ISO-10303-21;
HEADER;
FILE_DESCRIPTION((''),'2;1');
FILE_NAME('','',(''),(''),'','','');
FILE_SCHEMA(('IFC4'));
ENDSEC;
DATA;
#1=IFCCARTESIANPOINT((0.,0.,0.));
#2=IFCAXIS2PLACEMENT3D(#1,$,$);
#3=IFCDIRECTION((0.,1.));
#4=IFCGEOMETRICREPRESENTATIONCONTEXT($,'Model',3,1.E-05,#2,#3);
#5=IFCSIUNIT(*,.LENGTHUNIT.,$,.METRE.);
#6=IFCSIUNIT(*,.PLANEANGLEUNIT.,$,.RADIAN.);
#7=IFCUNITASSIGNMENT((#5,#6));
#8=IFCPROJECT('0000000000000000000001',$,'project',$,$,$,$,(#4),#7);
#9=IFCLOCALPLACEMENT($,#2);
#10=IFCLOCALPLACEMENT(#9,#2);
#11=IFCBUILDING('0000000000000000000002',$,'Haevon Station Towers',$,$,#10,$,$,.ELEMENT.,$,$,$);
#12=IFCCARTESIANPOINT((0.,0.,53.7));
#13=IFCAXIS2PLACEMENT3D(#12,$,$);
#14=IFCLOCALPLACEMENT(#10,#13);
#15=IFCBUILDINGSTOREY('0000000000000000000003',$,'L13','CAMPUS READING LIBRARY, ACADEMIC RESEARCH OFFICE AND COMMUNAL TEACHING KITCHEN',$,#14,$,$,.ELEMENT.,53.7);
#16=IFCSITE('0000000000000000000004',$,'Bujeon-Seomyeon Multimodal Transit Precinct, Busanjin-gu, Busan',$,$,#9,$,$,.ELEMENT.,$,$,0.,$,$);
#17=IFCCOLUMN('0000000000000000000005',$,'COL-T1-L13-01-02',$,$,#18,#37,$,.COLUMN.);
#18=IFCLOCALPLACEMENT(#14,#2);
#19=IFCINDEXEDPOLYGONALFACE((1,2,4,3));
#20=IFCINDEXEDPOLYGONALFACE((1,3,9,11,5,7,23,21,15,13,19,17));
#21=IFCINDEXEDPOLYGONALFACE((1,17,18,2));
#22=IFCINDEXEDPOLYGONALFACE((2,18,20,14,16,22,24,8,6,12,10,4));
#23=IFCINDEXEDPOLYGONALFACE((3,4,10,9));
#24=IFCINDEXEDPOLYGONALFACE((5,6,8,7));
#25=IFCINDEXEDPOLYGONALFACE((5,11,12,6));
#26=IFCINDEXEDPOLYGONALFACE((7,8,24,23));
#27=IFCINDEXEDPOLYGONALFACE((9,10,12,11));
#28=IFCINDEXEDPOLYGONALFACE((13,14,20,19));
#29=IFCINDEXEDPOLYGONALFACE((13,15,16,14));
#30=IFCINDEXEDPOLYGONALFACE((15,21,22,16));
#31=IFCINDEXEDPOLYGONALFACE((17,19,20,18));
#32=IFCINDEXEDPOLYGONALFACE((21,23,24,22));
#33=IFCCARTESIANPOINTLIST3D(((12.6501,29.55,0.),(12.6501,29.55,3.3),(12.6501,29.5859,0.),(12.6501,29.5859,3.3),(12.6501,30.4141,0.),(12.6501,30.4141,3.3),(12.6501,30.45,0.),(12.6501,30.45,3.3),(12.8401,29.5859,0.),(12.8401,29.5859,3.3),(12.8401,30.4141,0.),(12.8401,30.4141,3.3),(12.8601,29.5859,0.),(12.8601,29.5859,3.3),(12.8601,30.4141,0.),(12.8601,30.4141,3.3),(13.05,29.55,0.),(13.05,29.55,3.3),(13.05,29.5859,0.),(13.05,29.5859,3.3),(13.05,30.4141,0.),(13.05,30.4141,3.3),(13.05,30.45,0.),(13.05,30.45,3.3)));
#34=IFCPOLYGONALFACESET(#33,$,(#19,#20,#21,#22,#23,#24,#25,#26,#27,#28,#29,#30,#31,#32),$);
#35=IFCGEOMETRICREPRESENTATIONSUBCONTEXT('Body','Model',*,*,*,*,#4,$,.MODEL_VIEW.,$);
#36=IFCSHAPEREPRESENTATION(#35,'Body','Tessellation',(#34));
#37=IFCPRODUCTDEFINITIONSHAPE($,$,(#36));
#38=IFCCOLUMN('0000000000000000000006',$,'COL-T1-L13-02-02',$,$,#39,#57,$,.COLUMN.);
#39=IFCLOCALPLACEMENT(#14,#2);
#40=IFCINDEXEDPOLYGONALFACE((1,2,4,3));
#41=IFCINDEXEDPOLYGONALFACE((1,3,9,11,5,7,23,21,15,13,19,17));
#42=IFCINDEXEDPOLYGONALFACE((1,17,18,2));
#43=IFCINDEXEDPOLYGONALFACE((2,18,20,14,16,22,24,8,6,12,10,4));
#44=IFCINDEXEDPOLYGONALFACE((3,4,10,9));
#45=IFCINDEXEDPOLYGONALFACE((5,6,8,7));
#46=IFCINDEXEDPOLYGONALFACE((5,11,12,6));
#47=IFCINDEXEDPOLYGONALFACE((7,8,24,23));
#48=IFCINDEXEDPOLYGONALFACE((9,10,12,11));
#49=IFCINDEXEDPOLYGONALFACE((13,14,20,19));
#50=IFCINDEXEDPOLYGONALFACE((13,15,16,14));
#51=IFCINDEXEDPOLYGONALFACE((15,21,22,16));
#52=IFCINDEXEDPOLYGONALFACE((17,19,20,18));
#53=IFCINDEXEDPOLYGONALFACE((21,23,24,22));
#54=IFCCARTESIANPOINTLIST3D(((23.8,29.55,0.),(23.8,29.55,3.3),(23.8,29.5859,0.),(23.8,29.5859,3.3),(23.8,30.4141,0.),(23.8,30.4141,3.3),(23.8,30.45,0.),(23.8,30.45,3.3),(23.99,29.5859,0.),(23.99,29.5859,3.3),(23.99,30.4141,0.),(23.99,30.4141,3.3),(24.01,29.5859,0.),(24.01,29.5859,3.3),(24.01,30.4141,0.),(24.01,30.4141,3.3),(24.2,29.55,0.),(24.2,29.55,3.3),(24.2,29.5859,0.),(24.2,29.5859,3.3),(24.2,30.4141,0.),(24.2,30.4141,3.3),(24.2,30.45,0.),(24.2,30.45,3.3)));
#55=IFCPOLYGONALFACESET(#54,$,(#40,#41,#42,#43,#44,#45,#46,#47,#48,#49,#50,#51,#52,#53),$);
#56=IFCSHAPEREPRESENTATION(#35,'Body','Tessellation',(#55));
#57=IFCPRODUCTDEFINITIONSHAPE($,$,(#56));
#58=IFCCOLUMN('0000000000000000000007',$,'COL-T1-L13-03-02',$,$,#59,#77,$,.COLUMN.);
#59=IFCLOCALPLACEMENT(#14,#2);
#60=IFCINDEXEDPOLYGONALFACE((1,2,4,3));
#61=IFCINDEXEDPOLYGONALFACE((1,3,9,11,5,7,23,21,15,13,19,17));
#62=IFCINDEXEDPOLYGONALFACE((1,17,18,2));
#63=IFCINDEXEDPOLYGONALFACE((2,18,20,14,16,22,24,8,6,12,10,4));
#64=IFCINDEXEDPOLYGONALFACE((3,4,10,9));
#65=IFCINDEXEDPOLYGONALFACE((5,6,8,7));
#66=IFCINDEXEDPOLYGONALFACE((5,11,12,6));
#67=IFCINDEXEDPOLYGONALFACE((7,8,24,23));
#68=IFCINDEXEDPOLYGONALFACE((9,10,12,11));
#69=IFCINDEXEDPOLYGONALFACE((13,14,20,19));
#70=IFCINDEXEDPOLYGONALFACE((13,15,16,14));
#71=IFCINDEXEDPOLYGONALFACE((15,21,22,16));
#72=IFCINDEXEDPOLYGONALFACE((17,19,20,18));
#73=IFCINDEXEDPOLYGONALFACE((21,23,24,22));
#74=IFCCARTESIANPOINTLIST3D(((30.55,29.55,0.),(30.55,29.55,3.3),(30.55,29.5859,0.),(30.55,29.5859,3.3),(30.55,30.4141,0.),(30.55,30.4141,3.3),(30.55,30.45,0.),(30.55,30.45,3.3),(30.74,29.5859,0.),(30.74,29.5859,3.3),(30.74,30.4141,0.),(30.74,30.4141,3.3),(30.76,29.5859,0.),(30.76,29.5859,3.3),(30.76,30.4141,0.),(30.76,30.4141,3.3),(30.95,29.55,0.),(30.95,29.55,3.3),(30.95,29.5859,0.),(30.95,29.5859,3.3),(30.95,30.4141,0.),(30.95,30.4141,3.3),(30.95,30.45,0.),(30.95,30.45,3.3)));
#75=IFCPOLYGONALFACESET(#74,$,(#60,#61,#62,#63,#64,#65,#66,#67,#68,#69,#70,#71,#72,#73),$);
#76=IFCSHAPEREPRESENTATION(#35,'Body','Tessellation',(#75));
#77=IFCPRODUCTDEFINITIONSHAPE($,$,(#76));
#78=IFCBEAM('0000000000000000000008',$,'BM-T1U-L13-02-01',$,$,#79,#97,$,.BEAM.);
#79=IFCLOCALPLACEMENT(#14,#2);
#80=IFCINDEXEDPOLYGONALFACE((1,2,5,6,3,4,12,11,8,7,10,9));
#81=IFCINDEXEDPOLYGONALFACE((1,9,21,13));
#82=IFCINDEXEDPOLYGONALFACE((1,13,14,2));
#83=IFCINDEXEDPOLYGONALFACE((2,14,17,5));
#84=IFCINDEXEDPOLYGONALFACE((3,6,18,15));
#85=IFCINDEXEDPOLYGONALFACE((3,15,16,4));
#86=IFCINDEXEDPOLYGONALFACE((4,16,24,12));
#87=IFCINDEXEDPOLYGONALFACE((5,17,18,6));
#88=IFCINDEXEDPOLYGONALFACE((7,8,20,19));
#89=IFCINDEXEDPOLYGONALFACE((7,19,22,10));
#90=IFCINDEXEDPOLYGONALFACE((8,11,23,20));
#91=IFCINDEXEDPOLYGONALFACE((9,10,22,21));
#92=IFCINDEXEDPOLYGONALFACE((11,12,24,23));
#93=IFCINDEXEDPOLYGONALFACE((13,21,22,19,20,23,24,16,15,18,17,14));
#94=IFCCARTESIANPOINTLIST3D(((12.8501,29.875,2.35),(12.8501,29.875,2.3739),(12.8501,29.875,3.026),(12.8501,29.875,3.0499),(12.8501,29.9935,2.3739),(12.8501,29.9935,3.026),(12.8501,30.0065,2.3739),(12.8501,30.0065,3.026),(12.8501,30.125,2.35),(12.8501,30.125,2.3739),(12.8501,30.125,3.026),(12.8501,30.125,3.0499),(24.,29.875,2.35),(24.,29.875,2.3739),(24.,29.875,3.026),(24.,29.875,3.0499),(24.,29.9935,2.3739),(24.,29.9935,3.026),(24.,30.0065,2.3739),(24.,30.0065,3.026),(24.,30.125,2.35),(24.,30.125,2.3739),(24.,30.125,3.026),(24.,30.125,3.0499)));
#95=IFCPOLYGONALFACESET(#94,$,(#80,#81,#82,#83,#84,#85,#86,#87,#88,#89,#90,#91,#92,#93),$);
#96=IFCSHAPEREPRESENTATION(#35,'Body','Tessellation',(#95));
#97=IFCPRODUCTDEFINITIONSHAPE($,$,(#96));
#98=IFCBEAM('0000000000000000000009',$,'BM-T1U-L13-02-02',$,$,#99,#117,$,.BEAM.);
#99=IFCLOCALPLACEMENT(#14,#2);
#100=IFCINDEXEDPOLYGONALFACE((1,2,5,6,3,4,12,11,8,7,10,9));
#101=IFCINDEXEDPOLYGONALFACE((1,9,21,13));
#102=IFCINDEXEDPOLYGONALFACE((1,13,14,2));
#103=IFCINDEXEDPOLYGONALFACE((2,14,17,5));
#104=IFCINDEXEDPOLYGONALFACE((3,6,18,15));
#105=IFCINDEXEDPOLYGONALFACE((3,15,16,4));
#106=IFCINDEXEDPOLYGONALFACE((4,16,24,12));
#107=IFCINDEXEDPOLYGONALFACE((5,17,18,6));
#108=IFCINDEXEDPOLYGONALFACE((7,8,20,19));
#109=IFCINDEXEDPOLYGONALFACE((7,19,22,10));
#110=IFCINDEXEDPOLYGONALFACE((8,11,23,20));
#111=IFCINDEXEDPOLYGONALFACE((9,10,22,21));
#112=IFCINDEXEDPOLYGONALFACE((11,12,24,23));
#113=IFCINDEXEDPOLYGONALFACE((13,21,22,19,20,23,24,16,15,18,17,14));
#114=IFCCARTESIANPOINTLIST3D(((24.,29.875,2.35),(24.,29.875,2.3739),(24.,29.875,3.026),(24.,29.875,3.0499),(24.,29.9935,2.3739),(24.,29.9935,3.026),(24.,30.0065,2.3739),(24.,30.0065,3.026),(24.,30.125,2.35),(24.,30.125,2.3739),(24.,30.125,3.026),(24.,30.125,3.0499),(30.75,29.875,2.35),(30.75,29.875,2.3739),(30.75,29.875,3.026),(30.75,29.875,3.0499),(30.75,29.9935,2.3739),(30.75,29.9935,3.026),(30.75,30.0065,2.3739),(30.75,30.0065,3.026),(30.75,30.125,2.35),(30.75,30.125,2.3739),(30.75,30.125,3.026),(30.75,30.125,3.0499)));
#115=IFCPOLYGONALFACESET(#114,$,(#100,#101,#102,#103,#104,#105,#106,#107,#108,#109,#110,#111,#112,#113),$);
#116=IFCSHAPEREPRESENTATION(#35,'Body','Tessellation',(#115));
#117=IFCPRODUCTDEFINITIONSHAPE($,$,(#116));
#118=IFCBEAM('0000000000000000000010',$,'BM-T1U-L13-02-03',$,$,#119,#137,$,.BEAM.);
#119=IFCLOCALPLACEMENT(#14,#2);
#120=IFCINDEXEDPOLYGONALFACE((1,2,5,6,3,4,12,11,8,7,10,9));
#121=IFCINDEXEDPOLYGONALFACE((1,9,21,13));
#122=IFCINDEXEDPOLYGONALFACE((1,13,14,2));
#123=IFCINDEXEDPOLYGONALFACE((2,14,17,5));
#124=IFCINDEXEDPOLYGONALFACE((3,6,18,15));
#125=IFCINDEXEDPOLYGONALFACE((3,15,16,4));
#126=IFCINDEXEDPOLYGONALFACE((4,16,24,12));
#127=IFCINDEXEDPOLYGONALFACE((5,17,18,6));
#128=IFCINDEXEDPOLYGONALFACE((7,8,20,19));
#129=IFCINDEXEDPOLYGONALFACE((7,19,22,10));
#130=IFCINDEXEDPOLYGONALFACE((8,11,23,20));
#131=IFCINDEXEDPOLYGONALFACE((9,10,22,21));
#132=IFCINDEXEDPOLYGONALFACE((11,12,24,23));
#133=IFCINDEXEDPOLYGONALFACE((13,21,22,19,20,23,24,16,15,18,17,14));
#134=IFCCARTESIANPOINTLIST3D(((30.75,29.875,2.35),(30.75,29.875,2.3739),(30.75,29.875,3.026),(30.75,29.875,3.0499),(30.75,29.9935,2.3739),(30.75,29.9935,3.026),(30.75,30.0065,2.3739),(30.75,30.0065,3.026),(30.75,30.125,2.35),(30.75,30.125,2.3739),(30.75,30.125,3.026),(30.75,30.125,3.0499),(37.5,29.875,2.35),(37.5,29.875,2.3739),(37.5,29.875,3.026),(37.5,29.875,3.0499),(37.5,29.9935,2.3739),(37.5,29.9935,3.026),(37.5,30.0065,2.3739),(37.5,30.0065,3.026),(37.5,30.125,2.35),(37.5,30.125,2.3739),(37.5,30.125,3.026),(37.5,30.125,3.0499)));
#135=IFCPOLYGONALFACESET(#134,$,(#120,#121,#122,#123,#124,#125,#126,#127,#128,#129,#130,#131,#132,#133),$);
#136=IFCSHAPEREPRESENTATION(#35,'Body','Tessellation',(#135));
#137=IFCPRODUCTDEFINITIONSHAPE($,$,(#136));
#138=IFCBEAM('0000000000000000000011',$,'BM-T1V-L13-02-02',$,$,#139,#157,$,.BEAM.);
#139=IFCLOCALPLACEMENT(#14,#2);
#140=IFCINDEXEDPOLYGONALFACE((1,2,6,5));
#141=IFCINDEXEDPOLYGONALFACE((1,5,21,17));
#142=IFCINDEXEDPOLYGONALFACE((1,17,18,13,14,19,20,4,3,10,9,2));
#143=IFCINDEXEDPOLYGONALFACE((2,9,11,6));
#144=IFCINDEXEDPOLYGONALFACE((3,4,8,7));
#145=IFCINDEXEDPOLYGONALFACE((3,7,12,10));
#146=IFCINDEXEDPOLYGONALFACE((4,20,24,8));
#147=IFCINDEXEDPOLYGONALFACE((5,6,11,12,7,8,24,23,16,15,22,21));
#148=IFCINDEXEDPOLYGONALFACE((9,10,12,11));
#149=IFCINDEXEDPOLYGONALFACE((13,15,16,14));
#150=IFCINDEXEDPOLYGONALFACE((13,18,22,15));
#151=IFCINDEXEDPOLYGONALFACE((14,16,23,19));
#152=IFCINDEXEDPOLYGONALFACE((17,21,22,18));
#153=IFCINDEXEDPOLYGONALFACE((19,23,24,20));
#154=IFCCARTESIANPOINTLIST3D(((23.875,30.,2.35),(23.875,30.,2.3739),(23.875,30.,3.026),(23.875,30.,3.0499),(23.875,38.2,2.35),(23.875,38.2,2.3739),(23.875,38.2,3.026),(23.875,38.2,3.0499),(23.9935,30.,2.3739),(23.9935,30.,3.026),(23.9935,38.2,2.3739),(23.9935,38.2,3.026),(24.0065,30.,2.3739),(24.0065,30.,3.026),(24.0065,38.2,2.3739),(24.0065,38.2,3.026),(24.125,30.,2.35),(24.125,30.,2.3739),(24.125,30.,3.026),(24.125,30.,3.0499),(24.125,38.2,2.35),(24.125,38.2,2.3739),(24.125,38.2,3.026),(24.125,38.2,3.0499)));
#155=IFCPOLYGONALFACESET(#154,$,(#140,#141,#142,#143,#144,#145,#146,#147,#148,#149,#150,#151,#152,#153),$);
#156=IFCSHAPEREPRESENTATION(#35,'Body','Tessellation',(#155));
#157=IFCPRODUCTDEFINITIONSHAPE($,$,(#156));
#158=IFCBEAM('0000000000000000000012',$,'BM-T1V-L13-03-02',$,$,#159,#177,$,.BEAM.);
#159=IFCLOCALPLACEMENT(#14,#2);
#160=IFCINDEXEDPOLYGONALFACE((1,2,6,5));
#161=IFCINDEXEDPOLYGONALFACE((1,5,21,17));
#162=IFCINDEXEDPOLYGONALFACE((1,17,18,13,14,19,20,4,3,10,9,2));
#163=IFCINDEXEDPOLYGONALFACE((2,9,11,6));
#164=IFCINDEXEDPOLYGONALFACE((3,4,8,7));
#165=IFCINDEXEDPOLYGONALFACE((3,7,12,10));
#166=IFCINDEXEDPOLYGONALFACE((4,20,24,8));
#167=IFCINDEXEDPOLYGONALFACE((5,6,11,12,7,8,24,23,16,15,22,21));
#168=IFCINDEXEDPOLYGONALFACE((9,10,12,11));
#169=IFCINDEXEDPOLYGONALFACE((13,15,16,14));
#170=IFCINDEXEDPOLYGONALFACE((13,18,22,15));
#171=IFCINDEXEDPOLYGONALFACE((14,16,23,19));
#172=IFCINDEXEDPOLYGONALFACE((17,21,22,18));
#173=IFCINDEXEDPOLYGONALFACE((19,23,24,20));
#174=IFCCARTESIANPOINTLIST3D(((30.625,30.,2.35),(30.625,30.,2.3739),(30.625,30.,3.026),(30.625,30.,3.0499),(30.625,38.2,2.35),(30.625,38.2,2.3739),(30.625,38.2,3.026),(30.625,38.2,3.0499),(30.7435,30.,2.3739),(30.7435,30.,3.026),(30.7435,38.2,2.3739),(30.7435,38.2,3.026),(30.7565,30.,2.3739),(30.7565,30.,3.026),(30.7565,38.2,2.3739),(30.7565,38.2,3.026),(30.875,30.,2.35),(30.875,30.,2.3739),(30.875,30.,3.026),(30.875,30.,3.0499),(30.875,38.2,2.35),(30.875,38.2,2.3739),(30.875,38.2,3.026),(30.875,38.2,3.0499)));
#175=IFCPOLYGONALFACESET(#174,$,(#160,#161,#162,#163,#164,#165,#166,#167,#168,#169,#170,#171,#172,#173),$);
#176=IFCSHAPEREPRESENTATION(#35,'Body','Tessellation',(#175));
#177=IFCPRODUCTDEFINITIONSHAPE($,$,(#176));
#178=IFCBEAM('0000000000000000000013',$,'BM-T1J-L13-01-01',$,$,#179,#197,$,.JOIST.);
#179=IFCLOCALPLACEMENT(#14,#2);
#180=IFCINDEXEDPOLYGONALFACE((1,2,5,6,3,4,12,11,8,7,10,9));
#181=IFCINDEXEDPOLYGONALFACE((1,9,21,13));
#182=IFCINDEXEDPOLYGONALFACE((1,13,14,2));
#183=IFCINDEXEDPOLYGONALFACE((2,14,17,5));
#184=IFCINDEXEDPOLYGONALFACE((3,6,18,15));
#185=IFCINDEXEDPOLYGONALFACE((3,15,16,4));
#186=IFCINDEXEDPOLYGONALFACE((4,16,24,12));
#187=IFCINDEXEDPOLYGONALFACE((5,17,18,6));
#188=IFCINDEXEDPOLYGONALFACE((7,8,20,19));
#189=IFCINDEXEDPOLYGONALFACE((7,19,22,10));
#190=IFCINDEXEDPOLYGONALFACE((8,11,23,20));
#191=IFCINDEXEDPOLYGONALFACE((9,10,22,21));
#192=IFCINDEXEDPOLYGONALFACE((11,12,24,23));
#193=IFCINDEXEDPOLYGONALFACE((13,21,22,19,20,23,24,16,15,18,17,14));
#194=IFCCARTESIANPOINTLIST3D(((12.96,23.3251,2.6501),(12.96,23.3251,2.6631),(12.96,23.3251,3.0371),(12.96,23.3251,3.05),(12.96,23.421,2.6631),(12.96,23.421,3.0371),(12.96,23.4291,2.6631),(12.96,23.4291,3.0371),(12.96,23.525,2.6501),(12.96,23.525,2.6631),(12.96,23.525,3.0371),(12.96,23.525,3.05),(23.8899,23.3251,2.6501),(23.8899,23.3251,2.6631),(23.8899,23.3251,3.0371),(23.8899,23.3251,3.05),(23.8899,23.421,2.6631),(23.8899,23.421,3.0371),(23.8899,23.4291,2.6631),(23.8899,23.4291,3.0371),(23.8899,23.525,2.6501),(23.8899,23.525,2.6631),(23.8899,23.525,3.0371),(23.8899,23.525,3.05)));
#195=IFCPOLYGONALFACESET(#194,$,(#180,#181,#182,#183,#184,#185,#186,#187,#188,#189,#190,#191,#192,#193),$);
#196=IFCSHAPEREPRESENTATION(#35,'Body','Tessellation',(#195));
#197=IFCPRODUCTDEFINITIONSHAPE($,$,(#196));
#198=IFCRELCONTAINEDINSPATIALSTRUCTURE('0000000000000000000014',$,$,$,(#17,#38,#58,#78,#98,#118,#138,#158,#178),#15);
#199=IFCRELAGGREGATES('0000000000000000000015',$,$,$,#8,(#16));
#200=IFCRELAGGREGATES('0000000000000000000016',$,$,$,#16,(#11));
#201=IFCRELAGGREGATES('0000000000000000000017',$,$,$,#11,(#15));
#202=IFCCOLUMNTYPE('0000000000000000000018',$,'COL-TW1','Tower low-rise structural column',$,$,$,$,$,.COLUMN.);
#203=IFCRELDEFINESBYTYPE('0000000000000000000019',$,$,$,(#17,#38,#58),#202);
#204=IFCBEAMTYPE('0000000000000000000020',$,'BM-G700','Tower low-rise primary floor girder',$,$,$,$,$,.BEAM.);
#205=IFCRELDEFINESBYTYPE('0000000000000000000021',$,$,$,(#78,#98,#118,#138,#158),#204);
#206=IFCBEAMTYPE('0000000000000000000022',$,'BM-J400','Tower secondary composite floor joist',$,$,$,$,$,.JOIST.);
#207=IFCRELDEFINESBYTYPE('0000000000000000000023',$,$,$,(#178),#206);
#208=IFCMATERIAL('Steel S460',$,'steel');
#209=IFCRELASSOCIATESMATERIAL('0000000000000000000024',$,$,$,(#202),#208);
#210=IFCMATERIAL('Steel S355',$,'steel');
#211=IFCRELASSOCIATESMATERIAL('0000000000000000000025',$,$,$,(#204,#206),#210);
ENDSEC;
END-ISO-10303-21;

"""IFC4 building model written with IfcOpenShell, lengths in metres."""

from ifc_helpers import new_model, si_unit, direction, frame, origin, origin_2d, place, context, subcontext, project, spatial, i_section, extrude, material, material_profile, profile_set, type_object, element, save


model = new_model("IFC4")

# Units and contexts
model_context = context("Model", 3, precision=1e-05, world=origin(), true_north=direction((0.0, 1.0)))
body_context = subcontext(model_context, "Body", "Model", "MODEL_VIEW")
ifc_project = project(units=[si_unit("LENGTHUNIT", "METRE"), si_unit("PLANEANGLEUNIT", "RADIAN")], contexts=[model_context])

# Site, building, storey
site_placement = place(None, origin())
site = spatial("IfcSite", under=ifc_project, at=site_placement, Name="Bujeon-Seomyeon Multimodal Transit Precinct, Busanjin-gu, Busan", CompositionType="ELEMENT", RefElevation=0.0)
building_placement = place(site_placement, origin())
building = spatial("IfcBuilding", under=site, at=building_placement, Name="Haevon Station Towers", CompositionType="ELEMENT")
storey_placement = place(building_placement, frame((0.0, 0.0, 53.7)))
storey = spatial("IfcBuildingStorey", under=building, at=storey_placement, Name="L13", Description="CAMPUS READING LIBRARY, ACADEMIC RESEARCH OFFICE AND COMMUNAL TEACHING KITCHEN", CompositionType="ELEMENT", Elevation=53.7)

# Columns
ifc_material_1 = material(Name="Steel S460", Category="steel")
ifc_material_profile_1 = material_profile(ifc_material_1, i_section(OverallWidth=0.3999, OverallDepth=0.8999, WebThickness=0.02, FlangeThickness=0.0359, at=origin_2d()), Name="H-900x400x20x36")
ifc_profile_set_1 = profile_set([ifc_material_profile_1], Name="Steel S460")
column_type = type_object("IfcColumnType", Name="COL-TW1", Description="Tower low-rise structural column", PredefinedType="COLUMN", material=ifc_profile_set_1)
for number, where, z_axis, x_axis, name in (
    (1, (12.8501, 30.0, 0.0), (0.0, 0.0, 1.0), (1.0, 0.0, 0.0), "COL-T1-L13-01-02"),
    (2, (24.0, 30.0, 0.0), (0.0, 0.0, 1.0), (1.0, 0.0, 0.0), "COL-T1-L13-02-02"),
    (3, (30.75, 30.0, 0.0), (0.0, 0.0, 1.0), (1.0, 0.0, 0.0), "COL-T1-L13-03-02"),
):
    element("IfcColumn", number, at=place(storey_placement, frame(where, z_axis=z_axis, x_axis=x_axis)), inside=storey, type_object=column_type, Name=name, PredefinedType="COLUMN", context=body_context, shape_type="SweptSolid", body=[
        extrude(i_section(OverallWidth=0.3999, OverallDepth=0.8999, WebThickness=0.02, FlangeThickness=0.0359, at=origin_2d()), origin(), (0.0, 0.0, 1.0), 3.3),
    ])

# Beams
ifc_material_2 = material(Name="Steel S355", Category="steel")
ifc_material_profile_2 = material_profile(ifc_material_2, i_section(OverallWidth=0.25, OverallDepth=0.7, WebThickness=0.0129, FlangeThickness=0.0239, at=origin_2d()), Name="H-700x250x13x24")
ifc_profile_set_2 = profile_set([ifc_material_profile_2], Name="Steel S355")
beam_type_1 = type_object("IfcBeamType", Name="BM-G700", Description="Tower low-rise primary floor girder", PredefinedType="BEAM", material=ifc_profile_set_2)
beam_1_placement = place(storey_placement, frame((12.8501, 30.0, 2.7), z_axis=(1.0, 0.0, 0.0), x_axis=(0.0, 1.0, 0.0)))
element("IfcBeam", 4, at=beam_1_placement, inside=storey, type_object=beam_type_1, Name="BM-T1U-L13-02-01", PredefinedType="BEAM", context=body_context, shape_type="SweptSolid", body=[
    extrude(i_section(OverallWidth=0.25, OverallDepth=0.7, WebThickness=0.0129, FlangeThickness=0.0239, at=origin_2d()), origin(), (0.0, 0.0, 1.0), 11.1499),
])
for number, where, z_axis, x_axis, name in (
    (5, (24.0, 30.0, 2.7), (1.0, 0.0, 0.0), (0.0, 1.0, 0.0), "BM-T1U-L13-02-02"),
    (6, (30.75, 30.0, 2.7), (1.0, 0.0, 0.0), (0.0, 1.0, 0.0), "BM-T1U-L13-02-03"),
):
    element("IfcBeam", number, at=place(storey_placement, frame(where, z_axis=z_axis, x_axis=x_axis)), inside=storey, type_object=beam_type_1, Name=name, PredefinedType="BEAM", context=body_context, shape_type="SweptSolid", body=[
        extrude(i_section(OverallWidth=0.25, OverallDepth=0.7, WebThickness=0.0129, FlangeThickness=0.0239, at=origin_2d()), origin(), (0.0, 0.0, 1.0), 6.75),
    ])
for number, where, z_axis, x_axis, name in (
    (7, (24.0, 30.0, 2.7), (0.0, 1.0, 0.0), (-1.0, 0.0, 0.0), "BM-T1V-L13-02-02"),
    (8, (30.75, 30.0, 2.7), (0.0, 1.0, 0.0), (-1.0, 0.0, 0.0), "BM-T1V-L13-03-02"),
):
    element("IfcBeam", number, at=place(storey_placement, frame(where, z_axis=z_axis, x_axis=x_axis)), inside=storey, type_object=beam_type_1, Name=name, PredefinedType="BEAM", context=body_context, shape_type="SweptSolid", body=[
        extrude(i_section(OverallWidth=0.25, OverallDepth=0.7, WebThickness=0.0129, FlangeThickness=0.0239, at=origin_2d()), origin(), (0.0, 0.0, 1.0), 8.2),
    ])
ifc_material_profile_3 = material_profile(ifc_material_2, i_section(OverallWidth=0.2, OverallDepth=0.3999, WebThickness=0.0081, FlangeThickness=0.0129, at=origin_2d()), Name="H-400x200x8x13")
ifc_profile_set_3 = profile_set([ifc_material_profile_3], Name="Steel S355")
beam_type_2 = type_object("IfcBeamType", Name="BM-J400", Description="Tower secondary composite floor joist", PredefinedType="JOIST", material=ifc_profile_set_3)
beam_2_placement = place(storey_placement, frame((12.96, 23.425, 2.8501), z_axis=(1.0, 0.0, 0.0), x_axis=(0.0, 1.0, 0.0)))
element("IfcBeam", 9, at=beam_2_placement, inside=storey, type_object=beam_type_2, Name="BM-T1J-L13-01-01", PredefinedType="JOIST", context=body_context, shape_type="SweptSolid", body=[
    extrude(i_section(OverallWidth=0.2, OverallDepth=0.3999, WebThickness=0.0081, FlangeThickness=0.0129, at=origin_2d()), origin(), (0.0, 0.0, 1.0), 10.9299),
])

save(model, "model.ifc")
